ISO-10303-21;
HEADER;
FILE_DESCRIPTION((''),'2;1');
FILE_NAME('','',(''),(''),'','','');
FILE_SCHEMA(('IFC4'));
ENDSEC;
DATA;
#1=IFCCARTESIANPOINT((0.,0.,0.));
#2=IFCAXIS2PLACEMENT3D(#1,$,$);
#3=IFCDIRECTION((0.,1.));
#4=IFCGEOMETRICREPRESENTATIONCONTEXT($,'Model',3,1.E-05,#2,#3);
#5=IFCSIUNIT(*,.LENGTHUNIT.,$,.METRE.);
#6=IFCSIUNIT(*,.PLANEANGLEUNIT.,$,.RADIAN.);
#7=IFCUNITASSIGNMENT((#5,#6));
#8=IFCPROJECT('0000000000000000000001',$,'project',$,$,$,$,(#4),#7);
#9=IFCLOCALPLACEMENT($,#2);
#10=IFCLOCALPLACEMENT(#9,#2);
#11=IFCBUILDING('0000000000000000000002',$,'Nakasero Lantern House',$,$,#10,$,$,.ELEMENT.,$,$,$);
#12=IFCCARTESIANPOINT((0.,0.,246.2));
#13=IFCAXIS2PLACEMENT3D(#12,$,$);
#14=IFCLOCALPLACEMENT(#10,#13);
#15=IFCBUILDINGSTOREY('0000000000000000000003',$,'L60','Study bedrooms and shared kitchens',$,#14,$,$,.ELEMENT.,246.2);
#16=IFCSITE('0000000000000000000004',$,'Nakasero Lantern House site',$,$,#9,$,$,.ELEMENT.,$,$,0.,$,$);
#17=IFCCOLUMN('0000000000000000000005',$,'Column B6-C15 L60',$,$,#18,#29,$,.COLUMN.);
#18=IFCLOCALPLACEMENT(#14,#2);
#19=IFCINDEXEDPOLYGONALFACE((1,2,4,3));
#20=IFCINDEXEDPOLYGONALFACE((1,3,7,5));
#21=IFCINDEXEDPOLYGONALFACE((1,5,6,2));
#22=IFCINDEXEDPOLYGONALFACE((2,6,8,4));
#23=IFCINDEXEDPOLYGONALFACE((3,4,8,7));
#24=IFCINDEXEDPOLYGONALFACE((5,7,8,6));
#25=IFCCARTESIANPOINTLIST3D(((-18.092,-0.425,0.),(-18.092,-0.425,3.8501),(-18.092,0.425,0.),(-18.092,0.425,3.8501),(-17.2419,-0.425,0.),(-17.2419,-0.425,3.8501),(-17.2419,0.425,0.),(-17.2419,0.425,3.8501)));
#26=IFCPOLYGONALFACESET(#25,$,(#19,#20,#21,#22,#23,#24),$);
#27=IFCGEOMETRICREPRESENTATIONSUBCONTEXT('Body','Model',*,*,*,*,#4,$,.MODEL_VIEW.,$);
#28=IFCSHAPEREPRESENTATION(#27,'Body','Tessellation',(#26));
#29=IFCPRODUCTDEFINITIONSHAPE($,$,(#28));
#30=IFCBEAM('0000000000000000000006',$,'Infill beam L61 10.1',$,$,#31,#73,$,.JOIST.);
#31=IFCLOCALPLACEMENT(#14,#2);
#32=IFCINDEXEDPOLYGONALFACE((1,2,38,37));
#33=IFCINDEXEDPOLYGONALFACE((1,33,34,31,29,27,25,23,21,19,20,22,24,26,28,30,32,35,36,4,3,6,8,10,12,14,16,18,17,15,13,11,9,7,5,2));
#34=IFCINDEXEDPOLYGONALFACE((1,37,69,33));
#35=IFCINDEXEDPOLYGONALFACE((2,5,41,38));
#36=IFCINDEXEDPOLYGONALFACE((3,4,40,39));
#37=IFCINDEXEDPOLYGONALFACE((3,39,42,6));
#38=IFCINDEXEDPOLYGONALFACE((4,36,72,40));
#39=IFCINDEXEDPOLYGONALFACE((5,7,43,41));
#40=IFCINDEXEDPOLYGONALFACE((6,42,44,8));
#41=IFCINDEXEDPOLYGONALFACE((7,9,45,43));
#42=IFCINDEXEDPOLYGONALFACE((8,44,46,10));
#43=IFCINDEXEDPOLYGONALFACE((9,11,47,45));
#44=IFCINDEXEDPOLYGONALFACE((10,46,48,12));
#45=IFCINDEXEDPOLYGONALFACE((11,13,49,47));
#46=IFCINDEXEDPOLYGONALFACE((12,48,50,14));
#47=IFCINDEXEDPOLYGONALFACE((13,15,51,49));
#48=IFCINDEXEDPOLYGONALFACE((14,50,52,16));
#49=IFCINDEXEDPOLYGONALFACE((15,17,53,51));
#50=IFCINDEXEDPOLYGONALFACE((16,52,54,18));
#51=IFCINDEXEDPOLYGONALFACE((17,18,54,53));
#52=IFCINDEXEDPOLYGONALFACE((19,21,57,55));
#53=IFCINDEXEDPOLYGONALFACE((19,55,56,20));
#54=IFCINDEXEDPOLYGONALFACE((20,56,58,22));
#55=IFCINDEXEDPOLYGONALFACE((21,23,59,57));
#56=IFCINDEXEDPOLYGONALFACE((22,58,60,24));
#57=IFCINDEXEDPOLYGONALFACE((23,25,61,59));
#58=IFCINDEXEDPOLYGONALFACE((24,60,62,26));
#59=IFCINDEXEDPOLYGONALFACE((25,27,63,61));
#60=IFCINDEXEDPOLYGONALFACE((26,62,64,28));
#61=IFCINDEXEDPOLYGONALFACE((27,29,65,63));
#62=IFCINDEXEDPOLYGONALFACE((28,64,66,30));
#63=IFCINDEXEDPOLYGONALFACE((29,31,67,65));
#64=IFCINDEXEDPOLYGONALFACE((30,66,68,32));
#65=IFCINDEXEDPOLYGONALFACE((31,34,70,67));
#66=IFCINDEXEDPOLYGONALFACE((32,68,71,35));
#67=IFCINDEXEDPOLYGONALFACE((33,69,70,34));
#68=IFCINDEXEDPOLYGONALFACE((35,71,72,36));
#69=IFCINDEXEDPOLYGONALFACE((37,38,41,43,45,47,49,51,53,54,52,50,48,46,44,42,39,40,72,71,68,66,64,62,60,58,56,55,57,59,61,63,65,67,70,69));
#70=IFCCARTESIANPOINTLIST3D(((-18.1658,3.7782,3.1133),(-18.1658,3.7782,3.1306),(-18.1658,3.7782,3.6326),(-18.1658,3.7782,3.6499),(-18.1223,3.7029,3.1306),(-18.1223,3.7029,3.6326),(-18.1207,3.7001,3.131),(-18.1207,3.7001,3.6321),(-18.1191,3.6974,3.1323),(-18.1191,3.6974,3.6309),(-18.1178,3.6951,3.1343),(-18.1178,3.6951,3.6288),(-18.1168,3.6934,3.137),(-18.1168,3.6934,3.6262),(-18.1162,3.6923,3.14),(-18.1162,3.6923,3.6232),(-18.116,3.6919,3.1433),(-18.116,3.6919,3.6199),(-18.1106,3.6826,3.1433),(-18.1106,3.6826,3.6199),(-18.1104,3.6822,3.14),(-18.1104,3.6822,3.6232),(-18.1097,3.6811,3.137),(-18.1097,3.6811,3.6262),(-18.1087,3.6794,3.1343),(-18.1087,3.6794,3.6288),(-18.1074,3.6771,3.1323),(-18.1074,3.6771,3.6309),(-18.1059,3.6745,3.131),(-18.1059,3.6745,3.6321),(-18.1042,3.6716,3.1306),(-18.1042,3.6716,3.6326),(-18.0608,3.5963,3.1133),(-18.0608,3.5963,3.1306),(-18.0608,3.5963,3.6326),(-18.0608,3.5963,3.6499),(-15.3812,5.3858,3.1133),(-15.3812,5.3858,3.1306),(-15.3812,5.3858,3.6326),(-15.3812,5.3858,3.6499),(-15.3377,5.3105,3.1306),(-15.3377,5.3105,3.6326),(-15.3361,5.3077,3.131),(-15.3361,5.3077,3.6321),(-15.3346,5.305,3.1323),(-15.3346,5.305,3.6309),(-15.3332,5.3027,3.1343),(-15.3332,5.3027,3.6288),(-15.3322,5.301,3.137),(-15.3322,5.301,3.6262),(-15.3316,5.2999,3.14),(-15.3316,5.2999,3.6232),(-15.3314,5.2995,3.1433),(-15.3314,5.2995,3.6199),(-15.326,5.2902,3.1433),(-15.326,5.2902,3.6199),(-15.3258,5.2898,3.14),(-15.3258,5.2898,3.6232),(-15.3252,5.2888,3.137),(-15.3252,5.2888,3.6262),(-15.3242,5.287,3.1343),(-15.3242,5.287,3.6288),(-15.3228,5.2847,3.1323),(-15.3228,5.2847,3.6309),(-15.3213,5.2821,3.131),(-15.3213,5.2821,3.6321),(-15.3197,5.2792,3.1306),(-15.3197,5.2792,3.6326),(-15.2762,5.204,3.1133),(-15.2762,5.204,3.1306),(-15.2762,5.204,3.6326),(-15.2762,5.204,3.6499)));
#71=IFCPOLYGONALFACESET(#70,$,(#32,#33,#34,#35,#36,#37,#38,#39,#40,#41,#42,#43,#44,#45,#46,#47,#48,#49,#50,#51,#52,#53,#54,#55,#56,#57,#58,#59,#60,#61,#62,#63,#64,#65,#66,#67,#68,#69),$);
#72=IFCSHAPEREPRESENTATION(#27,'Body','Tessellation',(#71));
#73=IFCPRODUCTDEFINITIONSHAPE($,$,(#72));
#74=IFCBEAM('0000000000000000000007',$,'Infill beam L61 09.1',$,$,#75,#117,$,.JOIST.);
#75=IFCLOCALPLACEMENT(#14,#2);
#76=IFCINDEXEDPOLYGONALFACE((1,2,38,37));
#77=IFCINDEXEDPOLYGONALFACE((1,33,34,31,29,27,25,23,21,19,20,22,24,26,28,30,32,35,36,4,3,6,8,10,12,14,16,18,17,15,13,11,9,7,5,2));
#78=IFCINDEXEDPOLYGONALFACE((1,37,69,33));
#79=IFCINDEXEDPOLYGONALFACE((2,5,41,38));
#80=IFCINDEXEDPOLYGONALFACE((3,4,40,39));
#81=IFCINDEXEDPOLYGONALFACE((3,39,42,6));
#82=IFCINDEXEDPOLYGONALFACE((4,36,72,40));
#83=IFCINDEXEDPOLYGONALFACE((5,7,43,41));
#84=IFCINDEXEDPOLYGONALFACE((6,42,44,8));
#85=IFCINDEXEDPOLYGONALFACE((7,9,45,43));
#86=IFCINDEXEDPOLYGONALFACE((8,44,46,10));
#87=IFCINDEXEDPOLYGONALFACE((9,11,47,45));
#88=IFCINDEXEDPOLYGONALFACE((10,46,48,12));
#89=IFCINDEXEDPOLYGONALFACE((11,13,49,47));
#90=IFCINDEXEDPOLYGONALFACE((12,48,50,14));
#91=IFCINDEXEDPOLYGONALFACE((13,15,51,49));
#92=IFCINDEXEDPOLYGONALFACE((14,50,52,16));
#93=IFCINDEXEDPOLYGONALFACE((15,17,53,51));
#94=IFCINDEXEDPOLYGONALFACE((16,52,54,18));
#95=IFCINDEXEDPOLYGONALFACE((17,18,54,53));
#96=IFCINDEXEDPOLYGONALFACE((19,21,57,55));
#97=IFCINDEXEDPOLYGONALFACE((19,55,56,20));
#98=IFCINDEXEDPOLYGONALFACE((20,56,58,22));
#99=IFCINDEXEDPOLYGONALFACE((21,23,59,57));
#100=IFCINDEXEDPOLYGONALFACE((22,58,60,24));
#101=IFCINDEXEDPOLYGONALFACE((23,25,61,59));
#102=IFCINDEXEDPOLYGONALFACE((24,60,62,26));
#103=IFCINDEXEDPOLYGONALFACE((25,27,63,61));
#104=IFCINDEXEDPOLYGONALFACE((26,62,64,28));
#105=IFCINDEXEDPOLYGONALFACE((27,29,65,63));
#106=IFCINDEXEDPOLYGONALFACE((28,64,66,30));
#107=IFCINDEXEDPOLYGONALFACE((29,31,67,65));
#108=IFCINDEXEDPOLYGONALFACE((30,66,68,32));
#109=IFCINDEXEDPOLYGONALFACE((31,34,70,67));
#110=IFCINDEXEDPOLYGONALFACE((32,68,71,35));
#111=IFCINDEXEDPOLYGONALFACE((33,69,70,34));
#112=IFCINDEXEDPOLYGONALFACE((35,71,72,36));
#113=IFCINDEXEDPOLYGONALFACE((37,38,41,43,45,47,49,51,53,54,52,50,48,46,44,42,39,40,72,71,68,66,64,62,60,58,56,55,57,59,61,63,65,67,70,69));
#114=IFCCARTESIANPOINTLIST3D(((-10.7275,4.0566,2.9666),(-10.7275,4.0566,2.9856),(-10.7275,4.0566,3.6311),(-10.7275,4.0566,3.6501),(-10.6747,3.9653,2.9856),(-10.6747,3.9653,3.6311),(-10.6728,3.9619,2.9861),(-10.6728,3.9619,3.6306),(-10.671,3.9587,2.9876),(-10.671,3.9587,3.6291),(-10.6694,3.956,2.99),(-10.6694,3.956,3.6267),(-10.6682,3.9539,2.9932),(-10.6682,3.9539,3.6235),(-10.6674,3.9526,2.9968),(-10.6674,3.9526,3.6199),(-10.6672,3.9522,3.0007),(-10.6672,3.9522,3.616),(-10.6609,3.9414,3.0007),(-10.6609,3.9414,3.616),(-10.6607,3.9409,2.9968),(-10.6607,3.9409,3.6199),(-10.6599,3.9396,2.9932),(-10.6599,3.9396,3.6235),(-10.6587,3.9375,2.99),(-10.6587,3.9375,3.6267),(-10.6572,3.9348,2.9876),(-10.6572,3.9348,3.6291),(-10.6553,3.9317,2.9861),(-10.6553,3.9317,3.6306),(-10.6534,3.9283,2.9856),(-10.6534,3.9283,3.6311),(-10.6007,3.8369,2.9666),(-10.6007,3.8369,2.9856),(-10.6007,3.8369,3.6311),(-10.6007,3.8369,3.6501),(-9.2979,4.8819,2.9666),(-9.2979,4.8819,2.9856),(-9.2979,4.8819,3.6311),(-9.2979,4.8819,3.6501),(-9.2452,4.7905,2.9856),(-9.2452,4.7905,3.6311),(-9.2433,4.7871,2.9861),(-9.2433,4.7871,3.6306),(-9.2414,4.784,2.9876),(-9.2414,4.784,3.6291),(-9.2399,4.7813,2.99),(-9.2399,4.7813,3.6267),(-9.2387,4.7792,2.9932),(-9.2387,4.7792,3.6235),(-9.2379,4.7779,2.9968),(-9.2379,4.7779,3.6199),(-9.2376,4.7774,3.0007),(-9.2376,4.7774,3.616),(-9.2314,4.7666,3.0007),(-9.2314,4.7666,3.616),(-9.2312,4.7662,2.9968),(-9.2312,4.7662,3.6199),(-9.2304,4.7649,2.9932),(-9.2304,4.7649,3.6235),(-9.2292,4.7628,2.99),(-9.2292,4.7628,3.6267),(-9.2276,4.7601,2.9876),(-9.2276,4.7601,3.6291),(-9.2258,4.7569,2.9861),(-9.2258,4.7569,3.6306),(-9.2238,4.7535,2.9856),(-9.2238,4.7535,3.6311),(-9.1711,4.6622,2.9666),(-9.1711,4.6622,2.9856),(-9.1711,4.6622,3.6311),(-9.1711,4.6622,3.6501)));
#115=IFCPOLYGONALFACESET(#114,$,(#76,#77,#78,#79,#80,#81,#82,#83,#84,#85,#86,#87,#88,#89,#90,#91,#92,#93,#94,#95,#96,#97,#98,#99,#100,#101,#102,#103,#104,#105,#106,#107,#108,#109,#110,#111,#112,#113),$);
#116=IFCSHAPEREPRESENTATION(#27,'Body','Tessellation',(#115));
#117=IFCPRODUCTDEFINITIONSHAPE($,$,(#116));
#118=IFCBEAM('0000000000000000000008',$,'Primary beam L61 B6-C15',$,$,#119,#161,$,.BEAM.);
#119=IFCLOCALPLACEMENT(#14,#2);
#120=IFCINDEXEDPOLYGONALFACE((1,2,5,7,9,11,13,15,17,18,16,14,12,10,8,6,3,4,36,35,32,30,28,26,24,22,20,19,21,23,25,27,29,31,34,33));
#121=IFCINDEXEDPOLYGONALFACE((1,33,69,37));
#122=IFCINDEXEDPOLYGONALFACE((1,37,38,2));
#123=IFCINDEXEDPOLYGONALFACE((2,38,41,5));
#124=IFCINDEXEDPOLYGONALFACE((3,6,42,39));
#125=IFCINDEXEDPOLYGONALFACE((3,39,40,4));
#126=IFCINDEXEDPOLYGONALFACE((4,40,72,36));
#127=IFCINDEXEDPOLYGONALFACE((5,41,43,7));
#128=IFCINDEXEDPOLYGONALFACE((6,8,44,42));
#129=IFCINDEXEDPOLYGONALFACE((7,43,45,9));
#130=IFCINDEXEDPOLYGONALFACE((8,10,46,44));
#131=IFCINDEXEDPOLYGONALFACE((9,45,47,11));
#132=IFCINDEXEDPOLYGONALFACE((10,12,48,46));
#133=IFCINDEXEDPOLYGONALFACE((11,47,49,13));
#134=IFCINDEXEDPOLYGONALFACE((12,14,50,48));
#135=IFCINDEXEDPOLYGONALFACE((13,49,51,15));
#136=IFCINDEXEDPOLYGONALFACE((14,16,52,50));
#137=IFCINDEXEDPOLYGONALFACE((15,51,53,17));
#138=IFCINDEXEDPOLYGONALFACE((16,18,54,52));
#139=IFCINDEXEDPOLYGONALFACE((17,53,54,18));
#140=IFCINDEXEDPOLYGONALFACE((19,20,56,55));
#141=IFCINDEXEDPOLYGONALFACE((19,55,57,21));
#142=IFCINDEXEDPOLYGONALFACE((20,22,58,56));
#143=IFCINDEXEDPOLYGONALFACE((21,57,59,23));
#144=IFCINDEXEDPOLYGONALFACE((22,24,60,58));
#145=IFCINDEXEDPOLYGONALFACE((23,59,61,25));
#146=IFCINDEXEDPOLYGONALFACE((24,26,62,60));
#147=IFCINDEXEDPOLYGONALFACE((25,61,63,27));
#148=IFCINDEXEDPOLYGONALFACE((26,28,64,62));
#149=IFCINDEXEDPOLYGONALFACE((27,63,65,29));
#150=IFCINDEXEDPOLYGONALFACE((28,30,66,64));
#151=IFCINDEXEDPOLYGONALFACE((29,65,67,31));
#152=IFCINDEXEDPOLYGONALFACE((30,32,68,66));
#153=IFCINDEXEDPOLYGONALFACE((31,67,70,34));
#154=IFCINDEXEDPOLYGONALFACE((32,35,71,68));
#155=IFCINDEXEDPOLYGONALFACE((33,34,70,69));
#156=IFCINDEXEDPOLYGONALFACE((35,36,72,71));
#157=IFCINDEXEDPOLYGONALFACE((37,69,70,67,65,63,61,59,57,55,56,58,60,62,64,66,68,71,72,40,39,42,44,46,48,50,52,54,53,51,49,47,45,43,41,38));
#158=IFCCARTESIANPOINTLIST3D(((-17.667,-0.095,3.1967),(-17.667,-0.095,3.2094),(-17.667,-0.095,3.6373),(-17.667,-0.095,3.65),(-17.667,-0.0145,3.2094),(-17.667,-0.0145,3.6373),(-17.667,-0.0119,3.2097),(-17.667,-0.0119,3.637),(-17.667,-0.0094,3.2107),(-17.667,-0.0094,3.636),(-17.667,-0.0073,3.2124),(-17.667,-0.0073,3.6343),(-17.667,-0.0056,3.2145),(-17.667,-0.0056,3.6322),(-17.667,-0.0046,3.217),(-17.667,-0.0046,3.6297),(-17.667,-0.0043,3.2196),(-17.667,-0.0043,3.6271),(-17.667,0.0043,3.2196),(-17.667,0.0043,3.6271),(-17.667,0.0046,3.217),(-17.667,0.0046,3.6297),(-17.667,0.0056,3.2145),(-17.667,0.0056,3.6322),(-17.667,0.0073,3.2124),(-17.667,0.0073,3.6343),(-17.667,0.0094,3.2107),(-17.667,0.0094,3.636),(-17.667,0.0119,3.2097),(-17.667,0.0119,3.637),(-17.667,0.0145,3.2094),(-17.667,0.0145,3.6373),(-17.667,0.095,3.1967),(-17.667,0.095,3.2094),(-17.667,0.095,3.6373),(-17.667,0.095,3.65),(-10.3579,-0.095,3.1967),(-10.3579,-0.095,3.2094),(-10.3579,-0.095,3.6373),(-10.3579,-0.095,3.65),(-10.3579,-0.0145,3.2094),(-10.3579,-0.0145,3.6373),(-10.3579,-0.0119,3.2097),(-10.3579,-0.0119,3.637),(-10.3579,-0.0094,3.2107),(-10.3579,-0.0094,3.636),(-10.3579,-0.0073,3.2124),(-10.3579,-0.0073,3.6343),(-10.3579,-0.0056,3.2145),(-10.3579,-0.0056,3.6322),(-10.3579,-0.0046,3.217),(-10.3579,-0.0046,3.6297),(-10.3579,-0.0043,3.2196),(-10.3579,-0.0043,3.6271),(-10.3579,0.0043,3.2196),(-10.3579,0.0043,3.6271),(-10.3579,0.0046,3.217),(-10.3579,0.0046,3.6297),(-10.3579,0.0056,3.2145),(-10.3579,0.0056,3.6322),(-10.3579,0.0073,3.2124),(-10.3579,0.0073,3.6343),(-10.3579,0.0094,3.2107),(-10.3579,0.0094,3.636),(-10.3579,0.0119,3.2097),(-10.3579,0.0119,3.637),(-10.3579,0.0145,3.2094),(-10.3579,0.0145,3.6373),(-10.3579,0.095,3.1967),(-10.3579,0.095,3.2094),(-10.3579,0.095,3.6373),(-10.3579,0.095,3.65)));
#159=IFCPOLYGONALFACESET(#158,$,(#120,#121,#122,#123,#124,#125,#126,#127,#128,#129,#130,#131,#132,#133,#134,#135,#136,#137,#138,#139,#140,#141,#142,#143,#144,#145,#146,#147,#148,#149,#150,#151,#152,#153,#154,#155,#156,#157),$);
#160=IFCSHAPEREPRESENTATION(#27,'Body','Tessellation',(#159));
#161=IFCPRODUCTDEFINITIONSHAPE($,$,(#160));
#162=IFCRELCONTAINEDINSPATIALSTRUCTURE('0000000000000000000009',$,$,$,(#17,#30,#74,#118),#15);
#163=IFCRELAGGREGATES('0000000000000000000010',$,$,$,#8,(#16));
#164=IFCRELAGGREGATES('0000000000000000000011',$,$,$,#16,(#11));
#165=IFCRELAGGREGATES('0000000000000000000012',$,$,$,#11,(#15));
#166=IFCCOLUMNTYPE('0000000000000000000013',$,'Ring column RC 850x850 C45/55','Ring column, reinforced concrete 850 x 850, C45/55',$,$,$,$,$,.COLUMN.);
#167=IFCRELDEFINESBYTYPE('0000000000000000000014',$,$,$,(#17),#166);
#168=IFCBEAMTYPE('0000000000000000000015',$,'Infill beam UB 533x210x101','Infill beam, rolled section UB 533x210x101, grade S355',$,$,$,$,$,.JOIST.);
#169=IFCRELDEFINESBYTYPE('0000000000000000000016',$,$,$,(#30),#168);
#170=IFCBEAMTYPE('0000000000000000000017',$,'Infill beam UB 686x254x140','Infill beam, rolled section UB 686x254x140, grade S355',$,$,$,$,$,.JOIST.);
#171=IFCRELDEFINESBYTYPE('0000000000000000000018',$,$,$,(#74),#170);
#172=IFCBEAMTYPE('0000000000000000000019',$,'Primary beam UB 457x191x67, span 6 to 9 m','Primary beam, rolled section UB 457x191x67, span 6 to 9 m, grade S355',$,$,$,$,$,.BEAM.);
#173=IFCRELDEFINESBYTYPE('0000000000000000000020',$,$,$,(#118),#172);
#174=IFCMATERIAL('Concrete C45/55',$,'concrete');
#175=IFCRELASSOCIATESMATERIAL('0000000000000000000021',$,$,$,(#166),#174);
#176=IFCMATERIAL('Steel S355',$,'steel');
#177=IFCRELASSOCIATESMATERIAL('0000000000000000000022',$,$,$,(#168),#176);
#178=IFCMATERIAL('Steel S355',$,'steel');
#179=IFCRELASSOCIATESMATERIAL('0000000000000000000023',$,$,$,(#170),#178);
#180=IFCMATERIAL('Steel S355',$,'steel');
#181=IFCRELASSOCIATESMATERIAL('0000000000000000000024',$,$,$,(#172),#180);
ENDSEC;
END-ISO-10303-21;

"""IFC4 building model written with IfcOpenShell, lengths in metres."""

from ifc_helpers import new_model, si_unit, direction, frame, origin, origin_2d, place, context, subcontext, project, spatial, rectangle, i_section, extrude, material, material_profile, profile_set, type_object, element, save


model = new_model("IFC4")

# Units and contexts
model_context = context("Model", 3, precision=1e-05, world=origin(), true_north=direction((0.0, 1.0)))
body_context = subcontext(model_context, "Body", "Model", "MODEL_VIEW")
ifc_project = project(units=[si_unit("LENGTHUNIT", "METRE"), si_unit("PLANEANGLEUNIT", "RADIAN")], contexts=[model_context])

# Site, building, storey
site_placement = place(None, origin())
site = spatial("IfcSite", under=ifc_project, at=site_placement, Name="Nakasero Lantern House site", CompositionType="ELEMENT", RefElevation=0.0)
building_placement = place(site_placement, origin())
building = spatial("IfcBuilding", under=site, at=building_placement, Name="Nakasero Lantern House", CompositionType="ELEMENT")
storey_placement = place(building_placement, frame((0.0, 0.0, 246.2)))
storey = spatial("IfcBuildingStorey", under=building, at=storey_placement, Name="L60", Description="Study bedrooms and shared kitchens", CompositionType="ELEMENT", Elevation=246.2)

# Column
ifc_material_1 = material(Name="Concrete C45/55", Category="concrete")
ifc_material_profile_1 = material_profile(ifc_material_1, rectangle(XDim=0.8501, YDim=0.8501, at=origin_2d()), Name="RC 850x850")
ifc_profile_set_1 = profile_set([ifc_material_profile_1], Name="Concrete C45/55")
column_type = type_object("IfcColumnType", Name="Ring column RC 850x850 C45/55", Description="Ring column, reinforced concrete 850 x 850, C45/55", PredefinedType="COLUMN", material=ifc_profile_set_1)
column_placement = place(storey_placement, frame((-17.667, 0.0, 0.0), z_axis=(0.0, 0.0, 1.0), x_axis=(1.0, 0.0, 0.0)))
element("IfcColumn", 1, at=column_placement, inside=storey, type_object=column_type, Name="Column B6-C15 L60", PredefinedType="COLUMN", context=body_context, shape_type="SweptSolid", body=[
    extrude(rectangle(XDim=0.8501, YDim=0.8501, at=origin_2d()), origin(), (0.0, 0.0, 1.0), 3.8501),
])

# Beams
ifc_material_2 = material(Name="Steel S355", Category="steel")
ifc_material_profile_2 = material_profile(ifc_material_2, i_section(OverallWidth=0.21, OverallDepth=0.5366, WebThickness=0.0107, FlangeThickness=0.0173, FilletRadius=0.0127, at=origin_2d()), Name="UB 533x210x101")
ifc_profile_set_2 = profile_set([ifc_material_profile_2], Name="Steel S355")
beam_type_1 = type_object("IfcBeamType", Name="Infill beam UB 533x210x101", Description="Infill beam, rolled section UB 533x210x101, grade S355", PredefinedType="JOIST", material=ifc_profile_set_2)
beam_1_placement = place(storey_placement, frame((-18.1133, 3.6873, 3.3816), z_axis=(0.866034, 0.499985, 0.0), x_axis=(-0.499985, 0.866034, 0.0)))
element("IfcBeam", 2, at=beam_1_placement, inside=storey, type_object=beam_type_1, Name="Infill beam L61 10.1", PredefinedType="JOIST", context=body_context, shape_type="SweptSolid", body=[
    extrude(i_section(OverallWidth=0.21, OverallDepth=0.5366, WebThickness=0.0107, FlangeThickness=0.0173, FilletRadius=0.0127, at=origin_2d()), origin(), (0.0, 0.0, 1.0), 3.2153),
])
ifc_material_3 = material(Name="Steel S355", Category="steel")
ifc_material_profile_3 = material_profile(ifc_material_3, i_section(OverallWidth=0.2537, OverallDepth=0.6836, WebThickness=0.0125, FlangeThickness=0.019, FilletRadius=0.0151, at=origin_2d()), Name="UB 686x254x140")
ifc_profile_set_3 = profile_set([ifc_material_profile_3], Name="Steel S355")
beam_type_2 = type_object("IfcBeamType", Name="Infill beam UB 686x254x140", Description="Infill beam, rolled section UB 686x254x140, grade S355", PredefinedType="JOIST", material=ifc_profile_set_3)
beam_2_placement = place(storey_placement, frame((-10.6641, 3.9468, 3.3083), z_axis=(0.86605, 0.499957, 0.0), x_axis=(-0.499957, 0.86605, 0.0)))
element("IfcBeam", 3, at=beam_2_placement, inside=storey, type_object=beam_type_2, Name="Infill beam L61 09.1", PredefinedType="JOIST", context=body_context, shape_type="SweptSolid", body=[
    extrude(i_section(OverallWidth=0.2537, OverallDepth=0.6836, WebThickness=0.0125, FlangeThickness=0.019, FilletRadius=0.0151, at=origin_2d()), origin(), (0.0, 0.0, 1.0), 1.6506),
])
ifc_material_4 = material(Name="Steel S355", Category="steel")
ifc_material_profile_4 = material_profile(ifc_material_4, i_section(OverallWidth=0.1899, OverallDepth=0.4534, WebThickness=0.0085, FlangeThickness=0.0127, FilletRadius=0.0103, at=origin_2d()), Name="UB 457x191x67")
ifc_profile_set_4 = profile_set([ifc_material_profile_4], Name="Steel S355")
beam_type_3 = type_object("IfcBeamType", Name="Primary beam UB 457x191x67, span 6 to 9 m", Description="Primary beam, rolled section UB 457x191x67, span 6 to 9 m, grade S355", PredefinedType="BEAM", material=ifc_profile_set_4)
beam_3_placement = place(storey_placement, frame((-17.667, 0.0, 3.4233), z_axis=(1.0, 0.0, 0.0), x_axis=(0.0, 1.0, 0.0)))
element("IfcBeam", 4, at=beam_3_placement, inside=storey, type_object=beam_type_3, Name="Primary beam L61 B6-C15", PredefinedType="BEAM", context=body_context, shape_type="SweptSolid", body=[
    extrude(i_section(OverallWidth=0.1899, OverallDepth=0.4534, WebThickness=0.0085, FlangeThickness=0.0127, FilletRadius=0.0103, at=origin_2d()), origin(), (0.0, 0.0, 1.0), 7.3091),
])

save(model, "model.ifc")
